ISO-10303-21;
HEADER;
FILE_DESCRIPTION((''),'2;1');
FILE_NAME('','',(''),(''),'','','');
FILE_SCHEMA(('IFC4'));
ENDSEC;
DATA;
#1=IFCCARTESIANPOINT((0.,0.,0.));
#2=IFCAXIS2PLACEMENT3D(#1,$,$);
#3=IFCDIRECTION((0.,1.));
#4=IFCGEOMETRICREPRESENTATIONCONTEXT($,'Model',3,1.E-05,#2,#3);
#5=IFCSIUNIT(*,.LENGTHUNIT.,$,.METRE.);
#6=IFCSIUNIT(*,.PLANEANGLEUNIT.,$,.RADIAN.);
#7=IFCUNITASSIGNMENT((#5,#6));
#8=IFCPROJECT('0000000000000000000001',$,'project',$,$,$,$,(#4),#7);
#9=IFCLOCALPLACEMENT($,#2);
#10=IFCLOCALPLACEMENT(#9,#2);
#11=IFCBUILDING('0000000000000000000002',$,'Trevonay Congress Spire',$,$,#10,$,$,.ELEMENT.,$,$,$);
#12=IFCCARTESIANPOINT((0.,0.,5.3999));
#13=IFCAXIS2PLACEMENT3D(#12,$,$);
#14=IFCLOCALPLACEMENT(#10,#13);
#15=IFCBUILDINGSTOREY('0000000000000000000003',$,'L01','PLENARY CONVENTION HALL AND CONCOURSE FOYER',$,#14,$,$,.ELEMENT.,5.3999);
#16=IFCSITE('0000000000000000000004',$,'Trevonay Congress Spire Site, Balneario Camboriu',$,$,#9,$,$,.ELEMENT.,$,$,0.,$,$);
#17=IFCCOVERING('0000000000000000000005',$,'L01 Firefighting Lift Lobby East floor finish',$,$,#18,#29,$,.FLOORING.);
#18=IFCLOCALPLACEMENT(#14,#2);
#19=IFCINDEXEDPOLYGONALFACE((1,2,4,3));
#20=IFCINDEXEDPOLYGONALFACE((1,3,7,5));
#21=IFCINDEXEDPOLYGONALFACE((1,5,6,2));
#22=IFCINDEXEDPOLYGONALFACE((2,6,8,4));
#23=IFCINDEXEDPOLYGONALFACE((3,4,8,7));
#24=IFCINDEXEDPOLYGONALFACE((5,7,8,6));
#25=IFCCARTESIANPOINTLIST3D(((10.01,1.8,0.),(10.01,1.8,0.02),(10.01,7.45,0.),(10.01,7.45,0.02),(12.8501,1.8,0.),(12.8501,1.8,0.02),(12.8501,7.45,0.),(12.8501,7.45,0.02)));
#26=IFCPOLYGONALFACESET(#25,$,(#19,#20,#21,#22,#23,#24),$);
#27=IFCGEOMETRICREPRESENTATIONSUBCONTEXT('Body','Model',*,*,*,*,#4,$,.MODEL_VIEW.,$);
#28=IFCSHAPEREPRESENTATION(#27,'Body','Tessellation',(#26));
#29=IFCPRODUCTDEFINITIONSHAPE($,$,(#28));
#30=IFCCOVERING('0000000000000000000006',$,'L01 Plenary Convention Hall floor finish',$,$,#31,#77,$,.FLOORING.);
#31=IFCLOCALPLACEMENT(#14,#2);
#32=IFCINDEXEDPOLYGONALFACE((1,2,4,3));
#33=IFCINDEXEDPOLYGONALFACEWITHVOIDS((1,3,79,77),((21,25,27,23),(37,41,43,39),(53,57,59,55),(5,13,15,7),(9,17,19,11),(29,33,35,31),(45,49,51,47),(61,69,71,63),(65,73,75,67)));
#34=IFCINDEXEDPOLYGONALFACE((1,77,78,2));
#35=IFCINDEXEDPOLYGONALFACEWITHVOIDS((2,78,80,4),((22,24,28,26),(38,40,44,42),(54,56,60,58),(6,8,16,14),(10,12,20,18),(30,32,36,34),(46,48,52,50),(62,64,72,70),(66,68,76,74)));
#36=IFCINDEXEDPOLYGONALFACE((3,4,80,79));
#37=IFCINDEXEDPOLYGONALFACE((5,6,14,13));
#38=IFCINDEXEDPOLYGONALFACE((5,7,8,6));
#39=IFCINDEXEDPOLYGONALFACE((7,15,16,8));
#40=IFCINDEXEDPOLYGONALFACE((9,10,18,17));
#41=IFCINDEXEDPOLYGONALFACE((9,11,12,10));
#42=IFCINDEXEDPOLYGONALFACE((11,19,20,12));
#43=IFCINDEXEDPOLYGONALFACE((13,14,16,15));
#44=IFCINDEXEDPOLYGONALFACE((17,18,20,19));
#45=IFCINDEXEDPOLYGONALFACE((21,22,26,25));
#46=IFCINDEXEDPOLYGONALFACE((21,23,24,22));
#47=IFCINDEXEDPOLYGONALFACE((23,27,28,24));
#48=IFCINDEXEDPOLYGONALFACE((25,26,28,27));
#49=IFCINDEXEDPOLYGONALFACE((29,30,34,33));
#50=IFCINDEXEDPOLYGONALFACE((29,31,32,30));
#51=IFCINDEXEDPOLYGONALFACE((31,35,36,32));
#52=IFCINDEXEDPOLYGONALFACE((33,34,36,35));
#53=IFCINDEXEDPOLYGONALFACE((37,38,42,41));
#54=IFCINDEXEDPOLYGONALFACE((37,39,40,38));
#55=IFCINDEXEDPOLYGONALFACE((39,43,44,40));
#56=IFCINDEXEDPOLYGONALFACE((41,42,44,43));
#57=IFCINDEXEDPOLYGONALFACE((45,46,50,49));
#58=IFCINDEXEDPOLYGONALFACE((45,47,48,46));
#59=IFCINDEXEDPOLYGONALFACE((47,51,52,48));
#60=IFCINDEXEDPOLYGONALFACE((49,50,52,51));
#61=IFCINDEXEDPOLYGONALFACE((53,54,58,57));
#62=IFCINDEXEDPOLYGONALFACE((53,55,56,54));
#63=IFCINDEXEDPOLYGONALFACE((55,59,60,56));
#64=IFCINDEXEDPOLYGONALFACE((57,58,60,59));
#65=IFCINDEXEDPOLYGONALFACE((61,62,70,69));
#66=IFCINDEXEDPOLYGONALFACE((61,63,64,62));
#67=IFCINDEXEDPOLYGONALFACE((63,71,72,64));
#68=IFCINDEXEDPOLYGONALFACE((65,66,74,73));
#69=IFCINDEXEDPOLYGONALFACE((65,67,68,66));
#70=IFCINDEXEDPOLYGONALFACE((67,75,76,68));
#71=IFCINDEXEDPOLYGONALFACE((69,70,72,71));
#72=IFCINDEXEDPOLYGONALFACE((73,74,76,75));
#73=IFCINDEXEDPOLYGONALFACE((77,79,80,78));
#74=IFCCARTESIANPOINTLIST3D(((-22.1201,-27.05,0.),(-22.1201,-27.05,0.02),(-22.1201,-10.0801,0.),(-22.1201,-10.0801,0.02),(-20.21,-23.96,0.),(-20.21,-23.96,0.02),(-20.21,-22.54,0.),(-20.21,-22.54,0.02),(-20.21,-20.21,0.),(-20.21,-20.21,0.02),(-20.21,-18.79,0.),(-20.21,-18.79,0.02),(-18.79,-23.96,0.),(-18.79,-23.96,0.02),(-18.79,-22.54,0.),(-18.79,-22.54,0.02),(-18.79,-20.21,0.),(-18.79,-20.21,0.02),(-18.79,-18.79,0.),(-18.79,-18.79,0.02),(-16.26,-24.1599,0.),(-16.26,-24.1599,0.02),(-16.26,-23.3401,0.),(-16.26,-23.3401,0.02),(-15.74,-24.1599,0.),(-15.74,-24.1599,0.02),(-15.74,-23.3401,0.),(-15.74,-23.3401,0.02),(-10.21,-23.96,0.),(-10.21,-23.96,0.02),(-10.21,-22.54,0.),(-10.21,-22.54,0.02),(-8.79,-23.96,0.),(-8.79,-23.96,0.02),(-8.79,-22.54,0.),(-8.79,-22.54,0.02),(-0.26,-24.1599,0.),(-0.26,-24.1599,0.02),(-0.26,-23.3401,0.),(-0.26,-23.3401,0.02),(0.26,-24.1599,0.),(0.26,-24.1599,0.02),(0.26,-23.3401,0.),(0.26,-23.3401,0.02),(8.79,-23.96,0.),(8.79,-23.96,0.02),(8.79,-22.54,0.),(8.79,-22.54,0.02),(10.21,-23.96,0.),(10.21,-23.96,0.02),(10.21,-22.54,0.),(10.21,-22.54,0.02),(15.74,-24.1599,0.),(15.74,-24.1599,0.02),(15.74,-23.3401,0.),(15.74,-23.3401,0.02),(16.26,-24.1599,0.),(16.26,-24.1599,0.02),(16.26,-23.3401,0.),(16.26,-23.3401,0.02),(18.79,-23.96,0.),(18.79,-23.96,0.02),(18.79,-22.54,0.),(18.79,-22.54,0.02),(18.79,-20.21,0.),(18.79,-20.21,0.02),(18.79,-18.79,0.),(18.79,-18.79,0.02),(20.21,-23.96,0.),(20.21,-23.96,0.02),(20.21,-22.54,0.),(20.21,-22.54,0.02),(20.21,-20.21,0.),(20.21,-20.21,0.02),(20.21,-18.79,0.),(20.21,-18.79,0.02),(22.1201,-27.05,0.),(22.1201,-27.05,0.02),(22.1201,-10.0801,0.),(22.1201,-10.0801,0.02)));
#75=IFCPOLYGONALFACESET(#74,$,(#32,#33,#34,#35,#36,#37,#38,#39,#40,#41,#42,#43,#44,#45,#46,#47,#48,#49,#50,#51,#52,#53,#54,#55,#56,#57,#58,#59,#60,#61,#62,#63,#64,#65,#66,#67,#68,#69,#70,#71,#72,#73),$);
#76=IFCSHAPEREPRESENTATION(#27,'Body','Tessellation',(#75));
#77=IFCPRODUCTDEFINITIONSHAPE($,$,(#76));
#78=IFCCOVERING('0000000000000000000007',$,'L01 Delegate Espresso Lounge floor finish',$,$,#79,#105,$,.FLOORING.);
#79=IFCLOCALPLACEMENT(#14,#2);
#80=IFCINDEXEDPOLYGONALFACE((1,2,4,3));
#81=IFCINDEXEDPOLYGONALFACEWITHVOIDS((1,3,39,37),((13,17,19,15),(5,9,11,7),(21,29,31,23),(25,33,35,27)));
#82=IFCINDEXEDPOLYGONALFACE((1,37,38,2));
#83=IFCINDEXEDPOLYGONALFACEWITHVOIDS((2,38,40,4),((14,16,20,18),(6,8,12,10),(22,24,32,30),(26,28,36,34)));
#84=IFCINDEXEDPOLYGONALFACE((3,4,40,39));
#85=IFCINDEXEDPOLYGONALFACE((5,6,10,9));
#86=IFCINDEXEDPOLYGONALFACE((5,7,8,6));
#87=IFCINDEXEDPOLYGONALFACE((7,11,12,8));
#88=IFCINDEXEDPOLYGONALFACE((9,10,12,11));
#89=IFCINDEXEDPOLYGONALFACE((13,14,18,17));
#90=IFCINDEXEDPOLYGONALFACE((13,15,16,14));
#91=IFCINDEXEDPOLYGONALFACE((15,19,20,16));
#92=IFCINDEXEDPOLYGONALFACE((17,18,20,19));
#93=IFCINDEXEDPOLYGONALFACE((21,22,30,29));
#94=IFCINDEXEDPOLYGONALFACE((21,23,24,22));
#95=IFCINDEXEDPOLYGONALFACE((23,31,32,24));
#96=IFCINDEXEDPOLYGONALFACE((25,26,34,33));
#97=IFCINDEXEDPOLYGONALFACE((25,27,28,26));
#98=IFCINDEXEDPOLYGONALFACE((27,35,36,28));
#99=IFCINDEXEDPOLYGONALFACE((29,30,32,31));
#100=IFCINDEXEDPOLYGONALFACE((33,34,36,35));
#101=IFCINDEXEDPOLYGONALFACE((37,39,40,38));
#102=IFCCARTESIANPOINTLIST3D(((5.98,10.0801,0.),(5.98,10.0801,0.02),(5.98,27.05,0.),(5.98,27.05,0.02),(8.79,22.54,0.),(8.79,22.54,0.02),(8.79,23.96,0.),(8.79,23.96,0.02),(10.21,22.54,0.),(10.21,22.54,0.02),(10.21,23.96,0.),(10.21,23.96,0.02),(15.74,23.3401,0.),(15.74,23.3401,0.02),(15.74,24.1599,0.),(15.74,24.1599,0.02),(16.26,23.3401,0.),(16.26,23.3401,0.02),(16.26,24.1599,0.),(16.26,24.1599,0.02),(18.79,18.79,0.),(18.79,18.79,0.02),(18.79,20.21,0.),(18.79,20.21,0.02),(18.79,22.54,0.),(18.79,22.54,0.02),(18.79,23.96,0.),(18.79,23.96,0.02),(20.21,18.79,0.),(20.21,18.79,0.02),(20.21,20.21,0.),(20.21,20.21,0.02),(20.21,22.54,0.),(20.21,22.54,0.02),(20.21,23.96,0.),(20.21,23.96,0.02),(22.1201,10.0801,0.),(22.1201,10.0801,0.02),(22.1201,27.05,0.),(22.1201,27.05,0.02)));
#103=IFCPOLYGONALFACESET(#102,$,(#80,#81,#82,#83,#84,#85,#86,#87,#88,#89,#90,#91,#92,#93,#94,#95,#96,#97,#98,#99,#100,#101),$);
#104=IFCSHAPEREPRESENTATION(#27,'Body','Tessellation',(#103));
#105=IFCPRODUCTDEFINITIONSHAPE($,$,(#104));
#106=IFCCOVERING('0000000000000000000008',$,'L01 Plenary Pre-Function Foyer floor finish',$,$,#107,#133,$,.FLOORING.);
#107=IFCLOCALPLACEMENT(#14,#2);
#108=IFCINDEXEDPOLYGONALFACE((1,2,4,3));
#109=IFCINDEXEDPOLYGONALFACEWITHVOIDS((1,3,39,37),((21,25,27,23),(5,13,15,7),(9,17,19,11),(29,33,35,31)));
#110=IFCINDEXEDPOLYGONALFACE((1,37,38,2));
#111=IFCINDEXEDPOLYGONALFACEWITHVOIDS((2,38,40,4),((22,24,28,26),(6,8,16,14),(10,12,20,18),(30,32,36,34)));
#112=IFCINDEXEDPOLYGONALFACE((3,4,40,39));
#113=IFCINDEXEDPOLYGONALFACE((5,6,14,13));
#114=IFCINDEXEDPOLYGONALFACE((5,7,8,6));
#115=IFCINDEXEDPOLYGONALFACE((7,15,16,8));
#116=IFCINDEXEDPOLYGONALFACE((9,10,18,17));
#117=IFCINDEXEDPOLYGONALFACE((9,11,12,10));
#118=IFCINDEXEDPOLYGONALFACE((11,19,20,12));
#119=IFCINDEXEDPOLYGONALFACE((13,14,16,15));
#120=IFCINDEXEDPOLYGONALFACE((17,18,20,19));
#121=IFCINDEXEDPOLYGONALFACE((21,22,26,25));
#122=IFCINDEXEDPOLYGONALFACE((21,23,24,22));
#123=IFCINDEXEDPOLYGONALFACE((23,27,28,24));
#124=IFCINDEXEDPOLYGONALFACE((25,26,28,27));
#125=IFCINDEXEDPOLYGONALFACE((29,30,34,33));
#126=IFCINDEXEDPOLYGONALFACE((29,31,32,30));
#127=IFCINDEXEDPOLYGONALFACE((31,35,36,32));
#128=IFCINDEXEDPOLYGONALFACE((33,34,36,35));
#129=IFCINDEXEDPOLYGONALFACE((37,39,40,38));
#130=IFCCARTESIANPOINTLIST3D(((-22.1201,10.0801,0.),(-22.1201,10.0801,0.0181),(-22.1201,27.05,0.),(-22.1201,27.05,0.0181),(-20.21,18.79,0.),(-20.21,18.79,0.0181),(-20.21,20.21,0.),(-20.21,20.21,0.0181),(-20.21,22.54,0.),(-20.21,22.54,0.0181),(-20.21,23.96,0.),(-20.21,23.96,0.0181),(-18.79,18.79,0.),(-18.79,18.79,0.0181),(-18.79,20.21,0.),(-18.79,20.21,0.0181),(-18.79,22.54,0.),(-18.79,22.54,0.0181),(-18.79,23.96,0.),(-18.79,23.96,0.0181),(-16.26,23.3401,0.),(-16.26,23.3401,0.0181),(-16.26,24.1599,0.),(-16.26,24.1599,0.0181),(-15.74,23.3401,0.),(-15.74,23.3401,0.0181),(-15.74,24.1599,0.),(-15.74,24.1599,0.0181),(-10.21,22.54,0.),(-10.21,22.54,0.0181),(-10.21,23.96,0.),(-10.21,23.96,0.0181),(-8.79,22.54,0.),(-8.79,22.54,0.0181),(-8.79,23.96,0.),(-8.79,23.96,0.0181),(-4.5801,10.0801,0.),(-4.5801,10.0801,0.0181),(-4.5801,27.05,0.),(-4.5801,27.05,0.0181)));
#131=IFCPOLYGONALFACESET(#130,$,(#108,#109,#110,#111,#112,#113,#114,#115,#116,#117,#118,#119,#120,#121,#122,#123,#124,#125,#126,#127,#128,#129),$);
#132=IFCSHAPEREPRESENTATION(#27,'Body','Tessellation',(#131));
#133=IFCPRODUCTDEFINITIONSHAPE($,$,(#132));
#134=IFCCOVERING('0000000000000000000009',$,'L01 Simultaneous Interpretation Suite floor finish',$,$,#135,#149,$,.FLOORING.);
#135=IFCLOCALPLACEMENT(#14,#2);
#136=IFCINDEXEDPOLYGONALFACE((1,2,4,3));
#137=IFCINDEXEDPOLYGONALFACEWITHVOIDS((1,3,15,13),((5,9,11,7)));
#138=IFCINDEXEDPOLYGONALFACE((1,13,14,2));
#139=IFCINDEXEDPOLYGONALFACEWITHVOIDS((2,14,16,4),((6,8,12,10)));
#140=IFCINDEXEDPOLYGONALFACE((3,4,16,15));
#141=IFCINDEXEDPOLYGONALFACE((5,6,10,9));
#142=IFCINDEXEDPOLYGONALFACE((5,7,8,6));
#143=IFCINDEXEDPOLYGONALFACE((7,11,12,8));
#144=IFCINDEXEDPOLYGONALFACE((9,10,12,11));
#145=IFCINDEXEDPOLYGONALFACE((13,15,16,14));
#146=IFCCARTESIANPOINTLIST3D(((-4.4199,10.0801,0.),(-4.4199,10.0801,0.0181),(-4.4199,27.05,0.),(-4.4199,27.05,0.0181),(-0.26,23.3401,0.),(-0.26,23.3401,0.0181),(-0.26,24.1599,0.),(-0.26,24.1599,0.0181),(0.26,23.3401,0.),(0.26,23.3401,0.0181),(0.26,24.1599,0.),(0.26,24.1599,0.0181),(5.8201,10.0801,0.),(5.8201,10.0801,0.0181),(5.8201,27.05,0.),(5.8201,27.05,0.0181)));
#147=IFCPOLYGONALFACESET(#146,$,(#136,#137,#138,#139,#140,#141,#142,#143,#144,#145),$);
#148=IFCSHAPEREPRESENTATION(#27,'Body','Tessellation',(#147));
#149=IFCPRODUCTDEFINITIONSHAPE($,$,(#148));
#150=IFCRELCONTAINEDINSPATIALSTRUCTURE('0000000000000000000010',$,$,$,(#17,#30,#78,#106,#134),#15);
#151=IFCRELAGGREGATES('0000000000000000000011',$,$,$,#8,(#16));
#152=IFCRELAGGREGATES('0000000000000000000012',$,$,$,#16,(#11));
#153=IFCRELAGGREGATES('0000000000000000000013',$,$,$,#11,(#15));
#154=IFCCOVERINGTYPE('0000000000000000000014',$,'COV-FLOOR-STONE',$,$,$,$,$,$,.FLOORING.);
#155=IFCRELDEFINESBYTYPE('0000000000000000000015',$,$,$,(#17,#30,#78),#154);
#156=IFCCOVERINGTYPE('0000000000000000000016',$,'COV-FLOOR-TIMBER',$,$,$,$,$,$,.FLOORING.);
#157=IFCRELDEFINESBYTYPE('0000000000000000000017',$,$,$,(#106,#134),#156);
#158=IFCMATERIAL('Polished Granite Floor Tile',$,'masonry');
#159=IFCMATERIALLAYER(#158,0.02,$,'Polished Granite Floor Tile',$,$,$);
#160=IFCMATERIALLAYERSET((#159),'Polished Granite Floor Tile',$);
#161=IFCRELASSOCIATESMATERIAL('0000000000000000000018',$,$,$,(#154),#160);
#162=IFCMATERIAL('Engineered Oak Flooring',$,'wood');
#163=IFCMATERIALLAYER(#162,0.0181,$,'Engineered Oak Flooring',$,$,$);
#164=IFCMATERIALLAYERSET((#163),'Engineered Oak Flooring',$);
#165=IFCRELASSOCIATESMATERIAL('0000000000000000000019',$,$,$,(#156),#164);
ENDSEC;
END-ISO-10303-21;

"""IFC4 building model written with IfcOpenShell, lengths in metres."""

from ifc_helpers import new_model, si_unit, direction, frame, origin, place, context, subcontext, project, spatial, polyline, outline, extrude, material, layer, layer_set, type_object, element, save


model = new_model("IFC4")

# Units and contexts
model_context = context("Model", 3, precision=1e-05, world=origin(), true_north=direction((0.0, 1.0)))
body_context = subcontext(model_context, "Body", "Model", "MODEL_VIEW")
ifc_project = project(units=[si_unit("LENGTHUNIT", "METRE"), si_unit("PLANEANGLEUNIT", "RADIAN")], contexts=[model_context])

# Site, building, storey
site_placement = place(None, origin())
site = spatial("IfcSite", under=ifc_project, at=site_placement, Name="Trevonay Congress Spire Site, Balneario Camboriu", CompositionType="ELEMENT", RefElevation=0.0)
building_placement = place(site_placement, origin())
building = spatial("IfcBuilding", under=site, at=building_placement, Name="Trevonay Congress Spire", CompositionType="ELEMENT")
storey_placement = place(building_placement, frame((0.0, 0.0, 5.3999)))
storey = spatial("IfcBuildingStorey", under=building, at=storey_placement, Name="L01", Description="PLENARY CONVENTION HALL AND CONCOURSE FOYER", CompositionType="ELEMENT", Elevation=5.3999)

# Coverings
ifc_material_1 = material(Name="Polished Granite Floor Tile", Category="masonry")
ifc_layer_1 = layer(ifc_material_1, 0.02, Name="Polished Granite Floor Tile")
ifc_layer_set_1 = layer_set([ifc_layer_1], Name="Polished Granite Floor Tile")
covering_type_1 = type_object("IfcCoveringType", Name="COV-FLOOR-STONE", PredefinedType="FLOORING", material=ifc_layer_set_1)
covering_1_placement = place(storey_placement, origin())
element("IfcCovering", 1, at=covering_1_placement, inside=storey, type_object=covering_type_1, Name="L01 Firefighting Lift Lobby East floor finish", PredefinedType="FLOORING", context=body_context, shape_type="SweptSolid", body=[
    extrude(outline(polyline([(12.8501, 1.8), (10.01, 1.8), (10.01, 7.45), (12.8501, 7.45), (12.8501, 1.8)])), origin(), (0.0, 0.0, 1.0), 0.02),
])
covering_2_placement = place(storey_placement, origin())
element("IfcCovering", 2, at=covering_2_placement, inside=storey, type_object=covering_type_1, Name="L01 Plenary Convention Hall floor finish", PredefinedType="FLOORING", context=body_context, shape_type="SweptSolid", body=[
    extrude(outline(polyline([(-22.1201, -10.0801), (22.1201, -10.0801), (22.1201, -27.05), (-22.1201, -27.05), (-22.1201, -10.0801)]), holes=[polyline([(-15.74, -23.3401), (-16.26, -23.3401), (-16.26, -24.1599), (-15.74, -24.1599), (-15.74, -23.3401)]), polyline([(0.26, -23.3401), (-0.26, -23.3401), (-0.26, -24.1599), (0.26, -24.1599), (0.26, -23.3401)]), polyline([(16.26, -23.3401), (15.74, -23.3401), (15.74, -24.1599), (16.26, -24.1599), (16.26, -23.3401)]), polyline([(-18.79, -22.54), (-20.21, -22.54), (-20.21, -23.96), (-18.79, -23.96), (-18.79, -22.54)]), polyline([(-8.79, -22.54), (-10.21, -22.54), (-10.21, -23.96), (-8.79, -23.96), (-8.79, -22.54)]), polyline([(10.21, -22.54), (8.79, -22.54), (8.79, -23.96), (10.21, -23.96), (10.21, -22.54)]), polyline([(20.21, -22.54), (18.79, -22.54), (18.79, -23.96), (20.21, -23.96), (20.21, -22.54)]), polyline([(-18.79, -20.21), (-18.79, -18.79), (-20.21, -18.79), (-20.21, -20.21), (-18.79, -20.21)]), polyline([(20.21, -20.21), (20.21, -18.79), (18.79, -18.79), (18.79, -20.21), (20.21, -20.21)])]), origin(), (0.0, 0.0, 1.0), 0.02),
])
covering_3_placement = place(storey_placement, origin())
element("IfcCovering", 3, at=covering_3_placement, inside=storey, type_object=covering_type_1, Name="L01 Delegate Espresso Lounge floor finish", PredefinedType="FLOORING", context=body_context, shape_type="SweptSolid", body=[
    extrude(outline(polyline([(5.98, 27.05), (22.1201, 27.05), (22.1201, 10.0801), (5.98, 10.0801), (5.98, 27.05)]), holes=[polyline([(18.79, 20.21), (18.79, 18.79), (20.21, 18.79), (20.21, 20.21), (18.79, 20.21)]), polyline([(8.79, 23.96), (8.79, 22.54), (10.21, 22.54), (10.21, 23.96), (8.79, 23.96)]), polyline([(18.79, 23.96), (18.79, 22.54), (20.21, 22.54), (20.21, 23.96), (18.79, 23.96)]), polyline([(15.74, 24.1599), (15.74, 23.3401), (16.26, 23.3401), (16.26, 24.1599), (15.74, 24.1599)])]), origin(), (0.0, 0.0, 1.0), 0.02),
])
ifc_material_2 = material(Name="Engineered Oak Flooring", Category="wood")
ifc_layer_2 = layer(ifc_material_2, 0.0181, Name="Engineered Oak Flooring")
ifc_layer_set_2 = layer_set([ifc_layer_2], Name="Engineered Oak Flooring")
covering_type_2 = type_object("IfcCoveringType", Name="COV-FLOOR-TIMBER", PredefinedType="FLOORING", material=ifc_layer_set_2)
covering_4_placement = place(storey_placement, origin())
element("IfcCovering", 4, at=covering_4_placement, inside=storey, type_object=covering_type_2, Name="L01 Plenary Pre-Function Foyer floor finish", PredefinedType="FLOORING", context=body_context, shape_type="SweptSolid", body=[
    extrude(outline(polyline([(-22.1201, 27.05), (-4.5801, 27.05), (-4.5801, 10.0801), (-22.1201, 10.0801), (-22.1201, 27.05)]), holes=[polyline([(-20.21, 20.21), (-20.21, 18.79), (-18.79, 18.79), (-18.79, 20.21), (-20.21, 20.21)]), polyline([(-20.21, 23.96), (-20.21, 22.54), (-18.79, 22.54), (-18.79, 23.96), (-20.21, 23.96)]), polyline([(-10.21, 23.96), (-10.21, 22.54), (-8.79, 22.54), (-8.79, 23.96), (-10.21, 23.96)]), polyline([(-16.26, 24.1599), (-16.26, 23.3401), (-15.74, 23.3401), (-15.74, 24.1599), (-16.26, 24.1599)])]), origin(), (0.0, 0.0, 1.0), 0.0181),
])
covering_5_placement = place(storey_placement, origin())
element("IfcCovering", 5, at=covering_5_placement, inside=storey, type_object=covering_type_2, Name="L01 Simultaneous Interpretation Suite floor finish", PredefinedType="FLOORING", context=body_context, shape_type="SweptSolid", body=[
    extrude(outline(polyline([(-4.4199, 27.05), (5.8201, 27.05), (5.8201, 10.0801), (-4.4199, 10.0801), (-4.4199, 27.05)]), holes=[polyline([(0.26, 23.3401), (0.26, 24.1599), (-0.26, 24.1599), (-0.26, 23.3401), (0.26, 23.3401)])]), origin(), (0.0, 0.0, 1.0), 0.0181),
])

save(model, "model.ifc")
